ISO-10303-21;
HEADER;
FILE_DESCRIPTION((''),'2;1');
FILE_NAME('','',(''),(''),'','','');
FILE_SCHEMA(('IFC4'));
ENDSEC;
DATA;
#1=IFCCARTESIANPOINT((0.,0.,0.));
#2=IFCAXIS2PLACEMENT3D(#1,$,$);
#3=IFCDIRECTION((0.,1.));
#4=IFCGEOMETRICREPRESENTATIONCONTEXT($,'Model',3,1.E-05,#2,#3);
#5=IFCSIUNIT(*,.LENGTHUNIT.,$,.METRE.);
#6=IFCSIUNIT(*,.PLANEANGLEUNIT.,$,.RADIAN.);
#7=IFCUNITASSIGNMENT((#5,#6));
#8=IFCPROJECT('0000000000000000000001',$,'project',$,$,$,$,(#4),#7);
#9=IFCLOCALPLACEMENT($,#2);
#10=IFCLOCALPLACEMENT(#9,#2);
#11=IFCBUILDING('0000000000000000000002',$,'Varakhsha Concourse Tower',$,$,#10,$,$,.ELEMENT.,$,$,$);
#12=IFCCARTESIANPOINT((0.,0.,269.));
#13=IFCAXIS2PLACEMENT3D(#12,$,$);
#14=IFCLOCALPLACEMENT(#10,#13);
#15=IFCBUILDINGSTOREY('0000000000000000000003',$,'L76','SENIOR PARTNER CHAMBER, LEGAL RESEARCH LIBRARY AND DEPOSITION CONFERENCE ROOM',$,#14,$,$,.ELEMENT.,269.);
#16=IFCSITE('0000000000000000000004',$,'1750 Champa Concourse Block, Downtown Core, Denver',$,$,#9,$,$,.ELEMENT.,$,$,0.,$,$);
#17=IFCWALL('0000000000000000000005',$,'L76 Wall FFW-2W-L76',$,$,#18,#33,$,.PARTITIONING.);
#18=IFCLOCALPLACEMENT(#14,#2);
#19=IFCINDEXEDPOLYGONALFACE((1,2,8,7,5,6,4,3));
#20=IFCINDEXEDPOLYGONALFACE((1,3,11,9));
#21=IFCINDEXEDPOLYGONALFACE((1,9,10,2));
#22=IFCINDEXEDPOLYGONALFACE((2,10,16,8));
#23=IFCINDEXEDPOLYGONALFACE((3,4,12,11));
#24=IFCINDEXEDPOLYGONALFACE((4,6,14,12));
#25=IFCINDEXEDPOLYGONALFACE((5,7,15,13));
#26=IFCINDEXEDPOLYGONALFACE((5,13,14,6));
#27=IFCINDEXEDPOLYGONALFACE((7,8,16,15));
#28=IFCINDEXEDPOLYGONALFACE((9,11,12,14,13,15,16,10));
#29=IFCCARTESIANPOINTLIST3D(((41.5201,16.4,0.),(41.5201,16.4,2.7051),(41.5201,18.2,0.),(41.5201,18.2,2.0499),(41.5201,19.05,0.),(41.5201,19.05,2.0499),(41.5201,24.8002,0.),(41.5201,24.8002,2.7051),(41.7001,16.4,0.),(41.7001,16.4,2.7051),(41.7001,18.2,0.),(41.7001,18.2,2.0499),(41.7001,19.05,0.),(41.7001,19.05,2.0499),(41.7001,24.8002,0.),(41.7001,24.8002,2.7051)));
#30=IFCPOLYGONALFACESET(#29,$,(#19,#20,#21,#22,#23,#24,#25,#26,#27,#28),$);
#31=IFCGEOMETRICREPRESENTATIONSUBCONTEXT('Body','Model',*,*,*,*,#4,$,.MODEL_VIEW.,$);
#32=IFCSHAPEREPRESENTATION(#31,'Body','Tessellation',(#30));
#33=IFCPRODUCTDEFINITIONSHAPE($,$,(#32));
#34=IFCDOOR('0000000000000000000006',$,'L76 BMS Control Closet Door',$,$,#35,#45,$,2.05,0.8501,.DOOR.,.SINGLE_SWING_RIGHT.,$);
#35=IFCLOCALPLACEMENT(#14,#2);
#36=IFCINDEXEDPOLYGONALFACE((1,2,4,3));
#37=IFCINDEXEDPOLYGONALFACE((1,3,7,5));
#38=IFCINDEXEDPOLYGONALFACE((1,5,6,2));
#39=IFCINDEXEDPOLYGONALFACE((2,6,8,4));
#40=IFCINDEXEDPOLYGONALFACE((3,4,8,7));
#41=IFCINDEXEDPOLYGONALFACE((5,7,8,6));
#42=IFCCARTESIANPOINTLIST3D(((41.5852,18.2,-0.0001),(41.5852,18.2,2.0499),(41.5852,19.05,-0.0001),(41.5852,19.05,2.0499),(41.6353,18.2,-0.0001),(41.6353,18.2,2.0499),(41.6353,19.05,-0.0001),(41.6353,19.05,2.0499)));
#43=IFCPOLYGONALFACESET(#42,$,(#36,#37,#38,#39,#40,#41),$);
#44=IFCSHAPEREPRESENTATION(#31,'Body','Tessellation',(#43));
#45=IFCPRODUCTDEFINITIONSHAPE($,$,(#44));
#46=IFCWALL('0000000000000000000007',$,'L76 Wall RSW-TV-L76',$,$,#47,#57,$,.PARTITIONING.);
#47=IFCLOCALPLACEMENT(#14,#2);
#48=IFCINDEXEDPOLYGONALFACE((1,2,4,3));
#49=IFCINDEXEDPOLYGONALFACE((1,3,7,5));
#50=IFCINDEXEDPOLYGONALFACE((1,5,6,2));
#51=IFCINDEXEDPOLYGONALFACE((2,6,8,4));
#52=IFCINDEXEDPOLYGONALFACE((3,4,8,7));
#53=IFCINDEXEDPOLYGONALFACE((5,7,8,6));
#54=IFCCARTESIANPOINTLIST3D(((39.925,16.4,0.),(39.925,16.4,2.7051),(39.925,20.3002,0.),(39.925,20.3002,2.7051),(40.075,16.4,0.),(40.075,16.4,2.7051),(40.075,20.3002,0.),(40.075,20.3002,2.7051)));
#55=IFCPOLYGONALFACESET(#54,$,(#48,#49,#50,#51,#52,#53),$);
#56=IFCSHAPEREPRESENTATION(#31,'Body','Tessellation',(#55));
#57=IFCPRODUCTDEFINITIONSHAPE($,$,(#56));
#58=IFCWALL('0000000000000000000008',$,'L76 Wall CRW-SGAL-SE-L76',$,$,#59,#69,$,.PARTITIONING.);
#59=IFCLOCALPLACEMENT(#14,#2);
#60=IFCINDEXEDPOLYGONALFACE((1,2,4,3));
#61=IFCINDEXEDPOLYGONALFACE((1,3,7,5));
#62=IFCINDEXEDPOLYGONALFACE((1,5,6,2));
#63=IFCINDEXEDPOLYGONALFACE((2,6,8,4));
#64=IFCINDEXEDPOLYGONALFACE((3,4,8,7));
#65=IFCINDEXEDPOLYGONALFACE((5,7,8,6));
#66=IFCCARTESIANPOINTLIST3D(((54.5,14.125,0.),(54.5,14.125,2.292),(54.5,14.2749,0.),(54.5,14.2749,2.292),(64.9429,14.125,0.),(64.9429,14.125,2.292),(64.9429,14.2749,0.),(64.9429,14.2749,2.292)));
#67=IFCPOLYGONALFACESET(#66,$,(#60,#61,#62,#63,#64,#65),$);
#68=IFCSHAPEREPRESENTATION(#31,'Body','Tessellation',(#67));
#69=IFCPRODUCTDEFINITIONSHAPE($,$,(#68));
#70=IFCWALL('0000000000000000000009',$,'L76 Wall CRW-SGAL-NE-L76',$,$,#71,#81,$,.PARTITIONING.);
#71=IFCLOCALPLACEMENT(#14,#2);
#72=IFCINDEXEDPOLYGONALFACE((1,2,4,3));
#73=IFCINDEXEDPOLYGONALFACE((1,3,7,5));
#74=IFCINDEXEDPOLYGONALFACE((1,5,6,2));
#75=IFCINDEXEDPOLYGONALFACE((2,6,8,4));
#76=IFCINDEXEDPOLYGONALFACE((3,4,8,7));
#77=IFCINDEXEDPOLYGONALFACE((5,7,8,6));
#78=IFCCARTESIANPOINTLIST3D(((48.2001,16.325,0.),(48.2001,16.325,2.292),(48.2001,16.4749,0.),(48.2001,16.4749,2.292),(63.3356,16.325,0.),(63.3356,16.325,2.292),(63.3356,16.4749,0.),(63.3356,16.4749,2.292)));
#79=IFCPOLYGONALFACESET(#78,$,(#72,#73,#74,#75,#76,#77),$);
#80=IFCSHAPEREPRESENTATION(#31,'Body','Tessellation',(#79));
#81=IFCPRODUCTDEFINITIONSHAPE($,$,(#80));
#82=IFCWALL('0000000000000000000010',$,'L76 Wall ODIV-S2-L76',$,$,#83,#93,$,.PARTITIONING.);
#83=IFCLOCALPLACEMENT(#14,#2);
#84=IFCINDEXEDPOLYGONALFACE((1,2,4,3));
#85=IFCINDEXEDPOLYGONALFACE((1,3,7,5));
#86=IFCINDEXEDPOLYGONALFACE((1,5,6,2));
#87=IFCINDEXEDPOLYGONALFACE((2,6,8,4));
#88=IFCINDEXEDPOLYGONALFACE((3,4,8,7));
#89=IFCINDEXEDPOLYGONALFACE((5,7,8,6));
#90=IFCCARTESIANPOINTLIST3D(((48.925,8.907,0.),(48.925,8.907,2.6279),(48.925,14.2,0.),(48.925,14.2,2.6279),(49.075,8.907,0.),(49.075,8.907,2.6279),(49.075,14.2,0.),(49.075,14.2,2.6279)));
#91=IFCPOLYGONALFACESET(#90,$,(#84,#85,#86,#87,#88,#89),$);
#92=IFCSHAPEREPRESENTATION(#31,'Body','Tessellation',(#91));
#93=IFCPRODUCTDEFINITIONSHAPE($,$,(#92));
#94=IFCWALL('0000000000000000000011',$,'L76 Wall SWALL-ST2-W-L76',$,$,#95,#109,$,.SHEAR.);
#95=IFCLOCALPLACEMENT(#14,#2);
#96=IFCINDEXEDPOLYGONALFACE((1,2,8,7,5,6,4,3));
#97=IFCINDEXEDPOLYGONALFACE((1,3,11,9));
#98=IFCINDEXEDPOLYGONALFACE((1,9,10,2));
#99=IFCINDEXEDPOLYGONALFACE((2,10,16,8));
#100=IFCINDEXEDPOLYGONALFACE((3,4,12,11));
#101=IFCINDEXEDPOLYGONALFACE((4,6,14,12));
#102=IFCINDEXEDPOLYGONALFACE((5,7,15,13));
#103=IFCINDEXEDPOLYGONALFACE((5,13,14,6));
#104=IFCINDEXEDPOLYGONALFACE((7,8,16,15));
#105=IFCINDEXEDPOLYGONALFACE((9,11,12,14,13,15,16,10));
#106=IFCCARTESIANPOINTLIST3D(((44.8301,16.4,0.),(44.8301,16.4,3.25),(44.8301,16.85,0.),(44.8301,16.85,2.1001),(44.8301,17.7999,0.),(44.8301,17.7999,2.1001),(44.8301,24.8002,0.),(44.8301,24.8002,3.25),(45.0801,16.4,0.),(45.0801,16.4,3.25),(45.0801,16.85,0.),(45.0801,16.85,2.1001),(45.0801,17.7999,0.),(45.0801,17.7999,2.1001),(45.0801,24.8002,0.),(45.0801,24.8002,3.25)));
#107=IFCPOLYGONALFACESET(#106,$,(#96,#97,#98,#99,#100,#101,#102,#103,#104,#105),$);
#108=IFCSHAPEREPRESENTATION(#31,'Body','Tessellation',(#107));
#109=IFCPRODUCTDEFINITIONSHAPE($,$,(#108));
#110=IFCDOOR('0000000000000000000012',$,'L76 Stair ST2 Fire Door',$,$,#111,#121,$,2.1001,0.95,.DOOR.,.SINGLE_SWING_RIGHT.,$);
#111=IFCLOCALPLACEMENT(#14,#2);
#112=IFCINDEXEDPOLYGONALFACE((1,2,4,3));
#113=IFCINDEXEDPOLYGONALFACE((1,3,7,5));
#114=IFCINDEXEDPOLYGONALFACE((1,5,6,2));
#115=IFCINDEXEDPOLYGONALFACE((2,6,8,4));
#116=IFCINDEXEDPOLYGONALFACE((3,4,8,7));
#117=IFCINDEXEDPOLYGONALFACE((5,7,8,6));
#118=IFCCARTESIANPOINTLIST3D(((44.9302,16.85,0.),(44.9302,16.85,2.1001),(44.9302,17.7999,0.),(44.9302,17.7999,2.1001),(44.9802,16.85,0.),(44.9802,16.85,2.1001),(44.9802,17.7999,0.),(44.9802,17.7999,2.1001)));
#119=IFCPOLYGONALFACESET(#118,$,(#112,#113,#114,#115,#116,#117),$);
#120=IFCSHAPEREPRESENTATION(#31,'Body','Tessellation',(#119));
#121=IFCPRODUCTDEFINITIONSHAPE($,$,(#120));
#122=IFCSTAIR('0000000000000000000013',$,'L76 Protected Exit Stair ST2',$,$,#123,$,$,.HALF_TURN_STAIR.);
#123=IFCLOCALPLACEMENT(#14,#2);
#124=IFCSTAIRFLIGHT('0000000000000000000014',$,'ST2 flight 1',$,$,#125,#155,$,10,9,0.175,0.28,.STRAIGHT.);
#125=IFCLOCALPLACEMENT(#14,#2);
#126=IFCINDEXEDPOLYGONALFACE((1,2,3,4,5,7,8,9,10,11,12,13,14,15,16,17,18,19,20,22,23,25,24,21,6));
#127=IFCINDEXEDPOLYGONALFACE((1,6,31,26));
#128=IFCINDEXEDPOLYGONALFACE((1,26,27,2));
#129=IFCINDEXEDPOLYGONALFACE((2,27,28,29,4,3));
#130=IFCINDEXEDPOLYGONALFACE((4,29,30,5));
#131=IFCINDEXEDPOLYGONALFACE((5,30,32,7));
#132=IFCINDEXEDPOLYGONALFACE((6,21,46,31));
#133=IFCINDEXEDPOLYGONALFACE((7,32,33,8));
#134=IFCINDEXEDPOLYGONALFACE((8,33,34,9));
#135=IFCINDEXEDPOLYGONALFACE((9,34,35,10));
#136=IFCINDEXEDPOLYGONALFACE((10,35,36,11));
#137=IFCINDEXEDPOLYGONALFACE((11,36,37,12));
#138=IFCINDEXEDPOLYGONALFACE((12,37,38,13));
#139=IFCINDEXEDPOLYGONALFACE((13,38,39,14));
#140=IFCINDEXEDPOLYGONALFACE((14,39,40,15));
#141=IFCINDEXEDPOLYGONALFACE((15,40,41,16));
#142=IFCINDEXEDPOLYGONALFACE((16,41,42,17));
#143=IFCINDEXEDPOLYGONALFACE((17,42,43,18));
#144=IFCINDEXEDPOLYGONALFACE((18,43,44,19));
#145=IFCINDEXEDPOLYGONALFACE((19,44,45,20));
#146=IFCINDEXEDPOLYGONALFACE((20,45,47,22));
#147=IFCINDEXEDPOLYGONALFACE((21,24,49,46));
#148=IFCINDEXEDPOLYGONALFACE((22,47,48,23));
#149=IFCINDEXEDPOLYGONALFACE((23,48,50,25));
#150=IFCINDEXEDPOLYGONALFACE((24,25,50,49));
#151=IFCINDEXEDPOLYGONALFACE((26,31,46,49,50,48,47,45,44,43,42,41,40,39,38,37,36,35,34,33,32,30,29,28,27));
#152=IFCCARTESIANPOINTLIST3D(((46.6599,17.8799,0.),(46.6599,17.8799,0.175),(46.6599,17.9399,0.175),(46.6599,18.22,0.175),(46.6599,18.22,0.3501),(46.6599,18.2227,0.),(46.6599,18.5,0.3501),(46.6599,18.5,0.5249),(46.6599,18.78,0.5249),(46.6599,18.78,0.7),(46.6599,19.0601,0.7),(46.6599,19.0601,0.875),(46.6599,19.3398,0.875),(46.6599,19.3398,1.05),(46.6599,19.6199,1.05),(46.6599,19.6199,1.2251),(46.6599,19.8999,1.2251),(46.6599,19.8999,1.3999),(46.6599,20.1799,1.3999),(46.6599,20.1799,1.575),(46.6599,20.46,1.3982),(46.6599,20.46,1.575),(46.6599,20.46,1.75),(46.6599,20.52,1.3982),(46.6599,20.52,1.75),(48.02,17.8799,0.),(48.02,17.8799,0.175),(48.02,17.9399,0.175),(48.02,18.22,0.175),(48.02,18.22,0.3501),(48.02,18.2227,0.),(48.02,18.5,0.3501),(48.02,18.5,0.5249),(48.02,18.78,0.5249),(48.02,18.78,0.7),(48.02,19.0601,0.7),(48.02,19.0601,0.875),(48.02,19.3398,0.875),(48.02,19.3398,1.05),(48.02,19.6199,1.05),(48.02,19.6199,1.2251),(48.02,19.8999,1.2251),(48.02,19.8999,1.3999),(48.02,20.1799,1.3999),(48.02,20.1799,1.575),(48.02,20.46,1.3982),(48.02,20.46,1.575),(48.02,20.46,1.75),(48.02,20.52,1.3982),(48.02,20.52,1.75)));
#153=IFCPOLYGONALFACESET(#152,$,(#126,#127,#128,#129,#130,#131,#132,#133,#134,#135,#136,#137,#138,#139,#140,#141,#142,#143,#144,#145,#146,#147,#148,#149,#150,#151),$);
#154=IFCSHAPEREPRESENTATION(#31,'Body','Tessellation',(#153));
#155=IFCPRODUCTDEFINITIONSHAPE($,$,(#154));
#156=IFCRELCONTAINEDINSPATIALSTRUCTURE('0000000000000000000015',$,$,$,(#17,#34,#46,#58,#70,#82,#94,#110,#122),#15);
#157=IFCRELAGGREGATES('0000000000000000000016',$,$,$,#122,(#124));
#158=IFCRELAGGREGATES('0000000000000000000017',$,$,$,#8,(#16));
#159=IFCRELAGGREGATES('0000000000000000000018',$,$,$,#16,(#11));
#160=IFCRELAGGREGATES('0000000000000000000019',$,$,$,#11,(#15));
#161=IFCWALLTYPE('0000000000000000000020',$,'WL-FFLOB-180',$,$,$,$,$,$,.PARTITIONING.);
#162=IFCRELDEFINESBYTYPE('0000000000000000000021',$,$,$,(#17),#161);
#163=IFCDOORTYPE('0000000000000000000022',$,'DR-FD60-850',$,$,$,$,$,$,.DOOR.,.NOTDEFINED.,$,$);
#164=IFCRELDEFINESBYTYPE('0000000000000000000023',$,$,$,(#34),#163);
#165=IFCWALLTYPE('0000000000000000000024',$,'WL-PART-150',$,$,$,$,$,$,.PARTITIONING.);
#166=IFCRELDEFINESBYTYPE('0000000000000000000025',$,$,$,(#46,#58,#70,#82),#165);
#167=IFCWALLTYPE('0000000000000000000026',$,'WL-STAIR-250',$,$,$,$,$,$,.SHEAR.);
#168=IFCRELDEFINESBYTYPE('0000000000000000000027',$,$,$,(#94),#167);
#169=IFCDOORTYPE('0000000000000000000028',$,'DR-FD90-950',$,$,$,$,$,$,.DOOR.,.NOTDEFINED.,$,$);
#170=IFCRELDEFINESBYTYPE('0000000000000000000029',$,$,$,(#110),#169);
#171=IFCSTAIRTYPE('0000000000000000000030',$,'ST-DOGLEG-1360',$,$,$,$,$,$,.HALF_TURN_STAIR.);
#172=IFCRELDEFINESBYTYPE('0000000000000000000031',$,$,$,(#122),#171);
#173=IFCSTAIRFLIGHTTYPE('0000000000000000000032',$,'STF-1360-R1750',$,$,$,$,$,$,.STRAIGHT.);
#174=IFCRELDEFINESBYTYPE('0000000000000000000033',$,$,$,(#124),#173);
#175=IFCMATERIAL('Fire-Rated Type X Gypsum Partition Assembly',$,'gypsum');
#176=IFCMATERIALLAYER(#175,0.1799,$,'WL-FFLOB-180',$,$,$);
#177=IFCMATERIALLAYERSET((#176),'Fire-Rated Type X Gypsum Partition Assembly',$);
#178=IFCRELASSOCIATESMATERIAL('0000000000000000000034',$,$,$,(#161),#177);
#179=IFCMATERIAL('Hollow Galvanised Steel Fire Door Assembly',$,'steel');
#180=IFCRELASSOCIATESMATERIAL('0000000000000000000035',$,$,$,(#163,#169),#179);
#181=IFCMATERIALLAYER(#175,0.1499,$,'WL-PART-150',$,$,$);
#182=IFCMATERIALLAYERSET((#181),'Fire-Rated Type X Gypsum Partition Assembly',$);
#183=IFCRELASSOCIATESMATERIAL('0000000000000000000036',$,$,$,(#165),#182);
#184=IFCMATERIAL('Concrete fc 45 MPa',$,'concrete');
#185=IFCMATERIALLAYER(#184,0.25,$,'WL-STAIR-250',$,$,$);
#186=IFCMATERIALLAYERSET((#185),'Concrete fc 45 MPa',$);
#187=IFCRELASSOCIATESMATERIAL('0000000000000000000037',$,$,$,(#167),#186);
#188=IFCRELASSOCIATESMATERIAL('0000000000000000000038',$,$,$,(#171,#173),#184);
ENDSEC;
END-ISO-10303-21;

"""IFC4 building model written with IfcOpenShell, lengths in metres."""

from ifc_helpers import new_model, si_unit, direction, frame, frame_2d, origin, place, context, subcontext, project, spatial, polyline, rectangle, outline, extrude, material, layer, layer_set, type_object, element, fill, aggregate, save


model = new_model("IFC4")

# Units and contexts
model_context = context("Model", 3, precision=1e-05, world=origin(), true_north=direction((0.0, 1.0)))
body_context = subcontext(model_context, "Body", "Model", "MODEL_VIEW")
ifc_project = project(units=[si_unit("LENGTHUNIT", "METRE"), si_unit("PLANEANGLEUNIT", "RADIAN")], contexts=[model_context])

# Site, building, storey
site_placement = place(None, origin())
site = spatial("IfcSite", under=ifc_project, at=site_placement, Name="1750 Champa Concourse Block, Downtown Core, Denver", CompositionType="ELEMENT", RefElevation=0.0)
building_placement = place(site_placement, origin())
building = spatial("IfcBuilding", under=site, at=building_placement, Name="Varakhsha Concourse Tower", CompositionType="ELEMENT")
storey_placement = place(building_placement, frame((0.0, 0.0, 269.0)))
storey = spatial("IfcBuildingStorey", under=building, at=storey_placement, Name="L76", Description="SENIOR PARTNER CHAMBER, LEGAL RESEARCH LIBRARY AND DEPOSITION CONFERENCE ROOM", CompositionType="ELEMENT", Elevation=269.0)

# Wall, opening, door
ifc_material_1 = material(Name="Fire-Rated Type X Gypsum Partition Assembly", Category="gypsum")
ifc_layer_1 = layer(ifc_material_1, 0.1799, Name="WL-FFLOB-180")
ifc_layer_set_1 = layer_set([ifc_layer_1], Name="Fire-Rated Type X Gypsum Partition Assembly")
wall_type_1 = type_object("IfcWallType", Name="WL-FFLOB-180", PredefinedType="PARTITIONING", material=ifc_layer_set_1)
wall_1_placement = place(storey_placement, frame((41.6101, 16.3999, 0.0), z_axis=(0.0, 0.0, 1.0), x_axis=(0.0, 1.0, 0.0)))
wall_1 = element("IfcWall", 1, at=wall_1_placement, inside=storey, type_object=wall_type_1, Name="L76 Wall FFW-2W-L76", PredefinedType="PARTITIONING", context=body_context, shape_type="SweptSolid", body=[
    extrude(rectangle(XDim=8.4001, YDim=0.1799, at=frame_2d((4.2002, 0.0))), origin(), (0.0, 0.0, 1.0), 2.7051),
])
opening_1_placement = place(wall_1_placement, frame((1.8, 0.0, 0.0)))
opening_1 = element("IfcOpeningElement", 2, at=opening_1_placement, cuts=wall_1, PredefinedType="OPENING", context=body_context, shape_type="SweptSolid", body=[
    extrude(rectangle(XDim=0.8501, YDim=2.05, at=frame_2d((0.425, 1.0249))), frame((0.0, 0.0999, 0.0), z_axis=(0.0, -1.0, 0.0), x_axis=(1.0, 0.0, 0.0)), (0.0, 0.0, 1.0), 0.2),
])
ifc_material_2 = material(Name="Hollow Galvanised Steel Fire Door Assembly", Category="steel")
door_type_1 = type_object("IfcDoorType", Name="DR-FD60-850", OperationType="NOTDEFINED", PredefinedType="DOOR", material=ifc_material_2)
door_1_placement = place(opening_1_placement, origin())
door_1 = element("IfcDoor", 3, at=door_1_placement, inside=storey, type_object=door_type_1, Name="L76 BMS Control Closet Door", OperationType="SINGLE_SWING_RIGHT", OverallHeight=2.05, OverallWidth=0.8501, PredefinedType="DOOR", context=body_context, shape_type="SweptSolid", body=[
    extrude(rectangle(XDim=0.8501, YDim=2.05, at=frame_2d((0.425, 1.0249))), frame((0.0, 0.0249, 0.0), z_axis=(0.0, -1.0, 0.0), x_axis=(1.0, 0.0, 0.0)), (0.0, 0.0, 1.0), 0.05),
])
fill(opening_1, door_1)

# Walls
ifc_layer_2 = layer(ifc_material_1, 0.1499, Name="WL-PART-150")
ifc_layer_set_2 = layer_set([ifc_layer_2], Name="Fire-Rated Type X Gypsum Partition Assembly")
wall_type_2 = type_object("IfcWallType", Name="WL-PART-150", PredefinedType="PARTITIONING", material=ifc_layer_set_2)
wall_2_placement = place(storey_placement, frame((40.0, 16.3999, 0.0), z_axis=(0.0, 0.0, 1.0), x_axis=(0.0, 1.0, 0.0)))
element("IfcWall", 4, at=wall_2_placement, inside=storey, type_object=wall_type_2, Name="L76 Wall RSW-TV-L76", PredefinedType="PARTITIONING", context=body_context, shape_type="SweptSolid", body=[
    extrude(rectangle(XDim=3.9001, YDim=0.1499, at=frame_2d((1.9502, 0.0))), origin(), (0.0, 0.0, 1.0), 2.7051),
])
wall_3_placement = place(storey_placement, frame((54.5, 14.2, 0.0), z_axis=(0.0, 0.0, 1.0), x_axis=(1.0, 0.0, 0.0)))
element("IfcWall", 5, at=wall_3_placement, inside=storey, type_object=wall_type_2, Name="L76 Wall CRW-SGAL-SE-L76", PredefinedType="PARTITIONING", context=body_context, shape_type="SweptSolid", body=[
    extrude(rectangle(XDim=10.4429, YDim=0.1499, at=frame_2d((5.2214, 0.0))), origin(), (0.0, 0.0, 1.0), 2.292),
])
wall_4_placement = place(storey_placement, frame((48.2, 16.3999, 0.0), z_axis=(0.0, 0.0, 1.0), x_axis=(1.0, 0.0, 0.0)))
element("IfcWall", 6, at=wall_4_placement, inside=storey, type_object=wall_type_2, Name="L76 Wall CRW-SGAL-NE-L76", PredefinedType="PARTITIONING", context=body_context, shape_type="SweptSolid", body=[
    extrude(rectangle(XDim=15.1355, YDim=0.1499, at=frame_2d((7.5679, 0.0))), origin(), (0.0, 0.0, 1.0), 2.292),
])
wall_5_placement = place(storey_placement, frame((49.0, 8.907, 0.0), z_axis=(0.0, 0.0, 1.0), x_axis=(0.0, 1.0, 0.0)))
element("IfcWall", 7, at=wall_5_placement, inside=storey, type_object=wall_type_2, Name="L76 Wall ODIV-S2-L76", PredefinedType="PARTITIONING", context=body_context, shape_type="SweptSolid", body=[
    extrude(rectangle(XDim=5.293, YDim=0.1499, at=frame_2d((2.6465, 0.0))), origin(), (0.0, 0.0, 1.0), 2.6279),
])

# Wall, opening, door
ifc_material_3 = material(Name="Concrete fc 45 MPa", Category="concrete")
ifc_layer_3 = layer(ifc_material_3, 0.25, Name="WL-STAIR-250")
ifc_layer_set_3 = layer_set([ifc_layer_3], Name="Concrete fc 45 MPa")
wall_type_3 = type_object("IfcWallType", Name="WL-STAIR-250", PredefinedType="SHEAR", material=ifc_layer_set_3)
wall_6_placement = place(storey_placement, frame((44.9551, 16.3999, 0.0), z_axis=(0.0, 0.0, 1.0), x_axis=(0.0, 1.0, 0.0)))
wall_6 = element("IfcWall", 8, at=wall_6_placement, inside=storey, type_object=wall_type_3, Name="L76 Wall SWALL-ST2-W-L76", PredefinedType="SHEAR", context=body_context, shape_type="SweptSolid", body=[
    extrude(rectangle(XDim=8.4001, YDim=0.25, at=frame_2d((4.2002, 0.0))), origin(), (0.0, 0.0, 1.0), 3.25),
])
opening_2_placement = place(wall_6_placement, frame((0.45, 0.0, 0.0)))
opening_2 = element("IfcOpeningElement", 9, at=opening_2_placement, cuts=wall_6, PredefinedType="OPENING", context=body_context, shape_type="SweptSolid", body=[
    extrude(rectangle(XDim=0.95, YDim=2.1001, at=frame_2d((0.4751, 1.05))), frame((0.0, 0.135, 0.0), z_axis=(0.0, -1.0, 0.0), x_axis=(1.0, 0.0, 0.0)), (0.0, 0.0, 1.0), 0.27),
])
door_type_2 = type_object("IfcDoorType", Name="DR-FD90-950", OperationType="NOTDEFINED", PredefinedType="DOOR", material=ifc_material_2)
door_2_placement = place(opening_2_placement, origin())
door_2 = element("IfcDoor", 10, at=door_2_placement, inside=storey, type_object=door_type_2, Name="L76 Stair ST2 Fire Door", OperationType="SINGLE_SWING_RIGHT", OverallHeight=2.1001, OverallWidth=0.95, PredefinedType="DOOR", context=body_context, shape_type="SweptSolid", body=[
    extrude(rectangle(XDim=0.95, YDim=2.1001, at=frame_2d((0.4751, 1.05))), frame((0.0, 0.0249, 0.0), z_axis=(0.0, -1.0, 0.0), x_axis=(1.0, 0.0, 0.0)), (0.0, 0.0, 1.0), 0.05),
])
fill(opening_2, door_2)

# Stair, stair flight
stair_type = type_object("IfcStairType", Name="ST-DOGLEG-1360", PredefinedType="HALF_TURN_STAIR", material=ifc_material_3)
stair_placement = place(storey_placement, origin())
stair = element("IfcStair", 11, at=stair_placement, inside=storey, type_object=stair_type, Name="L76 Protected Exit Stair ST2", PredefinedType="HALF_TURN_STAIR")
stair_flight_type = type_object("IfcStairFlightType", Name="STF-1360-R1750", PredefinedType="STRAIGHT", material=ifc_material_3)
stair_flight_1_placement = place(storey_placement, frame((47.3401, 17.9399, 0.0), z_axis=(0.0, 0.0, 1.0), x_axis=(0.0, 1.0, 0.0)))
stair_flight_1 = element("IfcStairFlight", 12, at=stair_flight_1_placement, type_object=stair_flight_type, Name="ST2 flight 1", NumberOfRisers=10, NumberOfTreads=9, PredefinedType="STRAIGHT", RiserHeight=0.175, TreadLength=0.28, context=body_context, shape_type="SweptSolid", body=[
    extrude(outline(polyline([(-0.0601, 0.0), (-0.0601, 0.175), (0.0, 0.175), (0.28, 0.175), (0.28, 0.3501), (0.5601, 0.3501), (0.5601, 0.5249), (0.8401, 0.5249), (0.8401, 0.7), (1.1201, 0.7), (1.1201, 0.875), (1.3999, 0.875), (1.3999, 1.05), (1.6799, 1.05), (1.6799, 1.2251), (1.96, 1.2251), (1.96, 1.3999), (2.24, 1.3999), (2.24, 1.575), (2.52, 1.575), (2.52, 1.75), (2.5801, 1.75), (2.5801, 1.3982), (2.52, 1.3982), (0.2827, 0.0), (-0.0601, 0.0)])), frame((0.0, 0.6802, 0.0), z_axis=(0.0, -1.0, 0.0), x_axis=(1.0, 0.0, 0.0)), (0.0, 0.0, 1.0), 1.3601),
])
aggregate(stair, [stair_flight_1])

save(model, "model.ifc")
